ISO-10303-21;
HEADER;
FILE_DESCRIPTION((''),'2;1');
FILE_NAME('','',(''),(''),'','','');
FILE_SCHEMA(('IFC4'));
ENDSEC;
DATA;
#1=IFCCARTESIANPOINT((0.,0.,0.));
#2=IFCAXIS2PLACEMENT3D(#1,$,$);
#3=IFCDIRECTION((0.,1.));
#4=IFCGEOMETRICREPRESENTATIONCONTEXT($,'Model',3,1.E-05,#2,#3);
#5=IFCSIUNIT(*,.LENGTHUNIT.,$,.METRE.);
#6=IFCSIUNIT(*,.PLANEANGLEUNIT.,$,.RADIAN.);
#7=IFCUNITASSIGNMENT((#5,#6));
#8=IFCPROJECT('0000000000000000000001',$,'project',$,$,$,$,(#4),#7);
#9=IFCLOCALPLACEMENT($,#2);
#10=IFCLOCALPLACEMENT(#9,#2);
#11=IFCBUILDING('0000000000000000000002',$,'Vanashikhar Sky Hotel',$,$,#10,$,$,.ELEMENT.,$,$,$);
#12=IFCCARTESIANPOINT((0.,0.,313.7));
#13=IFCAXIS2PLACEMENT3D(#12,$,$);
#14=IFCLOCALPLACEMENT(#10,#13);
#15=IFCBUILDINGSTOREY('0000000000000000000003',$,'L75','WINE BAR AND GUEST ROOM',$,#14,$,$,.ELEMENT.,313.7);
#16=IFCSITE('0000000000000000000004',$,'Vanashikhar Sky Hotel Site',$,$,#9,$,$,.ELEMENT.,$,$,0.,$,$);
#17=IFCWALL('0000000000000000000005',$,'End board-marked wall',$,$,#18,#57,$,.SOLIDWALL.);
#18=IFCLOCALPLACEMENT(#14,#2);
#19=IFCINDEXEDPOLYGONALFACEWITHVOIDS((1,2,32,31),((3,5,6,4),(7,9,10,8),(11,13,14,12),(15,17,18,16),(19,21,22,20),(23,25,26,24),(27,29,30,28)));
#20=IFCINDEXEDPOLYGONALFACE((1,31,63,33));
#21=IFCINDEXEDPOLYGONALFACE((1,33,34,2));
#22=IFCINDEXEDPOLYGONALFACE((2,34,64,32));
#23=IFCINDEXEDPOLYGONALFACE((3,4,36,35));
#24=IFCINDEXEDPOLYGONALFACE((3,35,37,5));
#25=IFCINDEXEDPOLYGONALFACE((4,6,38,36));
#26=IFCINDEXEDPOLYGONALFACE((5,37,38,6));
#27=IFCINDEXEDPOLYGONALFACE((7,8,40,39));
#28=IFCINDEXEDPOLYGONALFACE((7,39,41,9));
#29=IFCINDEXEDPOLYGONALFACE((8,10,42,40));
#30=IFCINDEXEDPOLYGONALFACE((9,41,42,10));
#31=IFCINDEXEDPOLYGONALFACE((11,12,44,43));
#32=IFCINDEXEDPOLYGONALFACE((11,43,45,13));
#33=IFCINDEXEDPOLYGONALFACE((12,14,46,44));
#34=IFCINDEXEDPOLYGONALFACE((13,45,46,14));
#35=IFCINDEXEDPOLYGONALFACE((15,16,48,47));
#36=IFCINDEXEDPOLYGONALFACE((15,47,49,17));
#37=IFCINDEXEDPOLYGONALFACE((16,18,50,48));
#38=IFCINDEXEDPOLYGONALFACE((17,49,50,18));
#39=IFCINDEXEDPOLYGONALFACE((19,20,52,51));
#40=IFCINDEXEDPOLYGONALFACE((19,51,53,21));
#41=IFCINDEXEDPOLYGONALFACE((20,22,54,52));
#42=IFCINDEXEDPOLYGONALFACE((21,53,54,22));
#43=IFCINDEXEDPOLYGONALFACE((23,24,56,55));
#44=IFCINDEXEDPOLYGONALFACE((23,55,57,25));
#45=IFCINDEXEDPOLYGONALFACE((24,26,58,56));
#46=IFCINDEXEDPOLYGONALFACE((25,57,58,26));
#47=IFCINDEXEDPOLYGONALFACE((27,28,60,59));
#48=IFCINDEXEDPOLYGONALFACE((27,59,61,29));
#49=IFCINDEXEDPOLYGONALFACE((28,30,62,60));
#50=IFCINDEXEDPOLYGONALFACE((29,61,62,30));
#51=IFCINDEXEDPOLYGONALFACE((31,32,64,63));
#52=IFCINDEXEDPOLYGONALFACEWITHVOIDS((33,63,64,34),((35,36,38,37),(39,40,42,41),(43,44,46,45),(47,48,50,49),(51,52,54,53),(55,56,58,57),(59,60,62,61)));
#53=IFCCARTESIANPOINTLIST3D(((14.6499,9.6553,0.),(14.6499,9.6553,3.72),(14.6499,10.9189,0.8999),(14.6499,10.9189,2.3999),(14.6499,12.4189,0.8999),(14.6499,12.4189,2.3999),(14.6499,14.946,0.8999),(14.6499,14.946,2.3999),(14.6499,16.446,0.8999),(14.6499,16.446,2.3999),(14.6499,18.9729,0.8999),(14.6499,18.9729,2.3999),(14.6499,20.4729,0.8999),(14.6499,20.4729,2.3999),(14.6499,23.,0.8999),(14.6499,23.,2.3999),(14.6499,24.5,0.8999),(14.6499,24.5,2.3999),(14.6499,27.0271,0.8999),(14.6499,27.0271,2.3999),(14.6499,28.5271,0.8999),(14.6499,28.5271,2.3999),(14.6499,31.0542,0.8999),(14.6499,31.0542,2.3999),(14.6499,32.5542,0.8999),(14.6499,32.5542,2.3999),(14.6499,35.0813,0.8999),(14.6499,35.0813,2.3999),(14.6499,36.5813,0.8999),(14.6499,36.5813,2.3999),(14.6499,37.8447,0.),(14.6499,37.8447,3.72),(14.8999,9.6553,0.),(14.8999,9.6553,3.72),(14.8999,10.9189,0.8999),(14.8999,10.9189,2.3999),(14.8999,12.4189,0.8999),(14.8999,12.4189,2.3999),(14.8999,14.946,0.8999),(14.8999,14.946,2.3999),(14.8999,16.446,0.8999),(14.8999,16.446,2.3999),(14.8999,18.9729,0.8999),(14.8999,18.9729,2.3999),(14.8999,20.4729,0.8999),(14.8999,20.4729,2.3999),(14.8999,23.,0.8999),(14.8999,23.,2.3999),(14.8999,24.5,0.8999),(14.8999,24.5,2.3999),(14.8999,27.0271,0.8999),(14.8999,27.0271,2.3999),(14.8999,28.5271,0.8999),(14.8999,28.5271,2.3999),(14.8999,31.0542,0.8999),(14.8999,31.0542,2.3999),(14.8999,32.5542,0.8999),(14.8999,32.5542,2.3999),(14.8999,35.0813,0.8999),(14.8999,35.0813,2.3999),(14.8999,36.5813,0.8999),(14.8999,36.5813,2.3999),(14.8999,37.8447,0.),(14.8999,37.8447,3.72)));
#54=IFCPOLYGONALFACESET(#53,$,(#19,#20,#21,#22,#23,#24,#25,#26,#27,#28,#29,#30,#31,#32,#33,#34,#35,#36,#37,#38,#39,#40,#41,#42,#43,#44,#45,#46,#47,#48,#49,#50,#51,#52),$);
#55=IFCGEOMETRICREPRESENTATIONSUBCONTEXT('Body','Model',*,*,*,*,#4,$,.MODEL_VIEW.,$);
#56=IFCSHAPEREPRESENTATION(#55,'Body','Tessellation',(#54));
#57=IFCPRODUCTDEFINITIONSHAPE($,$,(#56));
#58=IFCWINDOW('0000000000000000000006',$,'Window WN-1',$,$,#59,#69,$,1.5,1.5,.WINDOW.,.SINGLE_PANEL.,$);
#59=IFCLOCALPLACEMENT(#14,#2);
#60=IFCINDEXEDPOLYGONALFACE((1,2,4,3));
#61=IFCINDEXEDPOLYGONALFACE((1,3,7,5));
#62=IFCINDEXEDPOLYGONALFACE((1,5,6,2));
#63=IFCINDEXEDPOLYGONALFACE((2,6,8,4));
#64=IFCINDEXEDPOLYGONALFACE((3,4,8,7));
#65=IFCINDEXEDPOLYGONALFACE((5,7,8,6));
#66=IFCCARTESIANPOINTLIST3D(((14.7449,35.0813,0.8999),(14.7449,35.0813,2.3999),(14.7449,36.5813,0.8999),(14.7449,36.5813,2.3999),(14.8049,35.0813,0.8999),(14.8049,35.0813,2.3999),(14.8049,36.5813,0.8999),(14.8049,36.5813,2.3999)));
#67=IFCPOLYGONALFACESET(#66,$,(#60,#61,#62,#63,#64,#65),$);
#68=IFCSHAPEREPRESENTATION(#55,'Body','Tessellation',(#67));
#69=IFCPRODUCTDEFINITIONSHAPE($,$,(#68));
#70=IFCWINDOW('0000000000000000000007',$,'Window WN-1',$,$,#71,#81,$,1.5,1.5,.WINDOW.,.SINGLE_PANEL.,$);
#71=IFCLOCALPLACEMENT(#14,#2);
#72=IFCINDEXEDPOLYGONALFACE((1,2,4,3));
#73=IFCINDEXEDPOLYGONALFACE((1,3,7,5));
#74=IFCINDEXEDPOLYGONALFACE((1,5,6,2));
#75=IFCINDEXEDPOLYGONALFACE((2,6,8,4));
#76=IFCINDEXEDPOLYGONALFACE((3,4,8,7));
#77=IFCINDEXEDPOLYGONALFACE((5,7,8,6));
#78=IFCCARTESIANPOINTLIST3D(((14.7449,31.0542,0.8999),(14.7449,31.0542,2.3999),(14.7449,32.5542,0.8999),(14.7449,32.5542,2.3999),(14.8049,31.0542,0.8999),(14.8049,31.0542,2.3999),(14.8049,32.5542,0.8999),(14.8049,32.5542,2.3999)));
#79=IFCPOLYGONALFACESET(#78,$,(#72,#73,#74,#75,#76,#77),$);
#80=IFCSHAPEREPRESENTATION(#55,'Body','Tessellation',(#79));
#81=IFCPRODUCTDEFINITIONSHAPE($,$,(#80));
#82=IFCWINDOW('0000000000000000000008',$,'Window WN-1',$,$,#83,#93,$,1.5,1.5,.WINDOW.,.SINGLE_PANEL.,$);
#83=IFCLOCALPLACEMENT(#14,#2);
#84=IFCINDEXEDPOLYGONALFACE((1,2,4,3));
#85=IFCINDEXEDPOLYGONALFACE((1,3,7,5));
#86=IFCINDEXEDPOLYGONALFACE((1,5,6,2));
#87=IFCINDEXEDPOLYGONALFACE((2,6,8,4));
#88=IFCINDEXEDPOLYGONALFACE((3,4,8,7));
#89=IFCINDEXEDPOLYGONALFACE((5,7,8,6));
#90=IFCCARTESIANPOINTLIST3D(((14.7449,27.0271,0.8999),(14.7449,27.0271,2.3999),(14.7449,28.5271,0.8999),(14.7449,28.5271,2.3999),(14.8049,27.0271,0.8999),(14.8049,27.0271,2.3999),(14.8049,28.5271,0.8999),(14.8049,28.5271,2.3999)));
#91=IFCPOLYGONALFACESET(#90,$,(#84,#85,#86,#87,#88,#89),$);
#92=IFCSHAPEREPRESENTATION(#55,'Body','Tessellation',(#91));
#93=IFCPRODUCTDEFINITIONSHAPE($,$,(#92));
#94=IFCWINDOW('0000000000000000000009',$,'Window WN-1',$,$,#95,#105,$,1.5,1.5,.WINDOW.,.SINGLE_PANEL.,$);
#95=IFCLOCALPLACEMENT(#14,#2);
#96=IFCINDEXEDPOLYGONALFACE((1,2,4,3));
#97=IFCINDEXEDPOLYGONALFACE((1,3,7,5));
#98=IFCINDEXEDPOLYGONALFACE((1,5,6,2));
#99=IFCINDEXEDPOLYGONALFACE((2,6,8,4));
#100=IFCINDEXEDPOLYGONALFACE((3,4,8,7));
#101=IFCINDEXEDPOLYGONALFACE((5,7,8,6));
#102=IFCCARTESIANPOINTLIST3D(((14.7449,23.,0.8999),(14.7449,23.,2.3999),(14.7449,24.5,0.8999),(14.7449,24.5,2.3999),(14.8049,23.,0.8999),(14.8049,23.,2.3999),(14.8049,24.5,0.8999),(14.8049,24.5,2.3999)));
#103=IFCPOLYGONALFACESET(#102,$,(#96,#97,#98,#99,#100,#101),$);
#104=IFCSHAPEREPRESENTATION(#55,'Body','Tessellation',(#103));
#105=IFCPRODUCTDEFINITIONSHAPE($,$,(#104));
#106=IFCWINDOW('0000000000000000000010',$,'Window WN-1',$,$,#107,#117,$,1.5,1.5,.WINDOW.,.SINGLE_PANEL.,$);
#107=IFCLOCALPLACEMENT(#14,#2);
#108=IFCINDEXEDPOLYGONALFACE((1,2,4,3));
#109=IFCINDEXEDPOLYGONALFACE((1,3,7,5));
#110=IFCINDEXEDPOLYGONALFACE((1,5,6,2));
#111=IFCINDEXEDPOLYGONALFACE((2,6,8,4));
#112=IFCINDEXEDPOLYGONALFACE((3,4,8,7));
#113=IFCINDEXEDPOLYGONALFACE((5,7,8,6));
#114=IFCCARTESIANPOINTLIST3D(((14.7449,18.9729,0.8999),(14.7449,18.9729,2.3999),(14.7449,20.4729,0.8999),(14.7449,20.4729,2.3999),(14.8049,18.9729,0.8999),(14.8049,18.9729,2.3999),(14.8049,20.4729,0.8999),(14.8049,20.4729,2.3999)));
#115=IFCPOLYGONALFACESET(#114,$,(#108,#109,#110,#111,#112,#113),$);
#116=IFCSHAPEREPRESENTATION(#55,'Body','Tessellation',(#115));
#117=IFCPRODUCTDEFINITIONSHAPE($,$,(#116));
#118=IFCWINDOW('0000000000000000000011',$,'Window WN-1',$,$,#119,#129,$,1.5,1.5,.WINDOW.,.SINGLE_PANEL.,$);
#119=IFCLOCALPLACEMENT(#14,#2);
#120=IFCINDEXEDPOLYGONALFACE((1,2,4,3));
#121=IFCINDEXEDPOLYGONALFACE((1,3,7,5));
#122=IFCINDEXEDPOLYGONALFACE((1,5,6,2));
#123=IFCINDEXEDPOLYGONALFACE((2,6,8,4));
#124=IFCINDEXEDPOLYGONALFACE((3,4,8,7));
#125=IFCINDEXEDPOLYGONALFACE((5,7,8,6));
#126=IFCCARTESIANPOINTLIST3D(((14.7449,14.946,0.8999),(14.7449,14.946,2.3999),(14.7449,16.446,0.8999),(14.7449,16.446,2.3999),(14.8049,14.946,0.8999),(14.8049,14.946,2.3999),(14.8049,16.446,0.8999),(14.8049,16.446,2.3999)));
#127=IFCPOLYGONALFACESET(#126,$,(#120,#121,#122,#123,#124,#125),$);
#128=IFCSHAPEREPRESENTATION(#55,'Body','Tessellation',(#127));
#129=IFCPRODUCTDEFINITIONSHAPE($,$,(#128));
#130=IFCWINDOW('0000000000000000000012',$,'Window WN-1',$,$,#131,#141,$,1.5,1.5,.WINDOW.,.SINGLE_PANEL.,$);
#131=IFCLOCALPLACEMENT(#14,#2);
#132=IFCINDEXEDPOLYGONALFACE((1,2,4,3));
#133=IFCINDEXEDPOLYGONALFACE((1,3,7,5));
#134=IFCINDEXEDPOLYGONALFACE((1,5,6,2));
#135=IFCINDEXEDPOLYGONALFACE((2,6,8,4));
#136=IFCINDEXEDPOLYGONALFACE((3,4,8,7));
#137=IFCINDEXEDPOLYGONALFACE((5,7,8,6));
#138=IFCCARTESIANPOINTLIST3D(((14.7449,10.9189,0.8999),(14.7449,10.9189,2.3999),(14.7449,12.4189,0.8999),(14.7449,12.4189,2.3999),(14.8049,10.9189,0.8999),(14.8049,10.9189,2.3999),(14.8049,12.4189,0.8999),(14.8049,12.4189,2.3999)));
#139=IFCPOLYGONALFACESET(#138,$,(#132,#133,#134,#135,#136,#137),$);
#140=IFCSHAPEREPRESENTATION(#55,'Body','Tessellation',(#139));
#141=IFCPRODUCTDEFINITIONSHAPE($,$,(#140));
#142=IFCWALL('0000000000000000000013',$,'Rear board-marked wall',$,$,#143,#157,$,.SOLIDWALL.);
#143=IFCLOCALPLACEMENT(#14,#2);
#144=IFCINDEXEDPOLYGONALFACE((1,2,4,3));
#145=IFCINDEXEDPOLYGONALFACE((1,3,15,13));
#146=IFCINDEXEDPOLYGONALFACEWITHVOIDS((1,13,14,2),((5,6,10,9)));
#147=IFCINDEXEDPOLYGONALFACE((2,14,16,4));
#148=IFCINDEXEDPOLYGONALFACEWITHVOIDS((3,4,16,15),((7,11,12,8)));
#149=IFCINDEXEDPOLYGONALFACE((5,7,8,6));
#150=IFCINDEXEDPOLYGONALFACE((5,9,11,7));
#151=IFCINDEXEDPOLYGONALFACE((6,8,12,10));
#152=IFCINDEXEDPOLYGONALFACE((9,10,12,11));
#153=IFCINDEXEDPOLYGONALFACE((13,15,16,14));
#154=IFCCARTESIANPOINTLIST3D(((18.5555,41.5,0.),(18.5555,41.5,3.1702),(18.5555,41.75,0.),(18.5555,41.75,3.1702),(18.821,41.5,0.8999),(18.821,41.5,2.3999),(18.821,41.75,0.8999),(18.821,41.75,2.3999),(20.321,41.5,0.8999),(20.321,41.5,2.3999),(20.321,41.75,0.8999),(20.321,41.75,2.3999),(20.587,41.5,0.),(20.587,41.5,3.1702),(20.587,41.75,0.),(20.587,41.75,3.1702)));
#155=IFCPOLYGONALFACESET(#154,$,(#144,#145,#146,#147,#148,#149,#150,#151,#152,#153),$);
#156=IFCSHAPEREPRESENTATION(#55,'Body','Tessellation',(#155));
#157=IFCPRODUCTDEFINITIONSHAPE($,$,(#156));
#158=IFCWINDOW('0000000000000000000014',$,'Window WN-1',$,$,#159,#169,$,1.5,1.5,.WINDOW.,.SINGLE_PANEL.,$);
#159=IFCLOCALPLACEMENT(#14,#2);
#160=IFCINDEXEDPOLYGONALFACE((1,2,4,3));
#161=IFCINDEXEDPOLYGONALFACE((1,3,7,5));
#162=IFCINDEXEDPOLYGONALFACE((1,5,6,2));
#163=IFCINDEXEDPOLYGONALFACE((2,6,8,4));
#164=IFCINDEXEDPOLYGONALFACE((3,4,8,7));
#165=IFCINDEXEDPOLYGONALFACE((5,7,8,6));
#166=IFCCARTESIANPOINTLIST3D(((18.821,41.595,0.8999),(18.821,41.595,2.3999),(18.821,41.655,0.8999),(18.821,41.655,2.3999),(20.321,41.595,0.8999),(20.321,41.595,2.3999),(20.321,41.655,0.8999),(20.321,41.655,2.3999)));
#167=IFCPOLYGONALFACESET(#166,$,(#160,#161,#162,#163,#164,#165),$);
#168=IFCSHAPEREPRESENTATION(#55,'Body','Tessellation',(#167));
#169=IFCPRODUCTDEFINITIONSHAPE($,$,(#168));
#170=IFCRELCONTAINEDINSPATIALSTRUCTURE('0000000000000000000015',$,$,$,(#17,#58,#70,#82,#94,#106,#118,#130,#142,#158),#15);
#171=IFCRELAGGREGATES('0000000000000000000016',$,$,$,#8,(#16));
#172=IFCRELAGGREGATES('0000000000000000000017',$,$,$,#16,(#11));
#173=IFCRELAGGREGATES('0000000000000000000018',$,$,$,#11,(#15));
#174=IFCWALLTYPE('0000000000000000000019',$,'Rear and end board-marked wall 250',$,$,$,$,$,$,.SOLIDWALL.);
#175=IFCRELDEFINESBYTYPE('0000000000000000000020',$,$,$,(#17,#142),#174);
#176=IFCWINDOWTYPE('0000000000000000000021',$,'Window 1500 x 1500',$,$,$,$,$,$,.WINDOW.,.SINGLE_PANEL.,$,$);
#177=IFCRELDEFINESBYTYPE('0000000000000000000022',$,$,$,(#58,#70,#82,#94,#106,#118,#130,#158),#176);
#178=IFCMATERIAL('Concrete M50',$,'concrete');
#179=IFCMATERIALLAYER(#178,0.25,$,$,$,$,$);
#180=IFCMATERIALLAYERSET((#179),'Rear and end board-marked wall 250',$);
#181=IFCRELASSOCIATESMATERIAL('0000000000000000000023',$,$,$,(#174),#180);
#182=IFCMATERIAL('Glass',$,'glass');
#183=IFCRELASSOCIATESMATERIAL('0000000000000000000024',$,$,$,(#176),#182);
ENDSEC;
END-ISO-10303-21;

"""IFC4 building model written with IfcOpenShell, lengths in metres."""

from ifc_helpers import new_model, si_unit, direction, frame, frame_2d, origin, place, context, subcontext, project, spatial, rectangle, extrude, source, transform, mapped, material, layer, layer_set, type_object, element, fill, save


model = new_model("IFC4")

# Units and contexts
model_context = context("Model", 3, precision=1e-05, world=origin(), true_north=direction((0.0, 1.0)))
body_context = subcontext(model_context, "Body", "Model", "MODEL_VIEW")
ifc_project = project(units=[si_unit("LENGTHUNIT", "METRE"), si_unit("PLANEANGLEUNIT", "RADIAN")], contexts=[model_context])

# Site, building, storey
site_placement = place(None, origin())
site = spatial("IfcSite", under=ifc_project, at=site_placement, Name="Vanashikhar Sky Hotel Site", CompositionType="ELEMENT", RefElevation=0.0)
building_placement = place(site_placement, origin())
building = spatial("IfcBuilding", under=site, at=building_placement, Name="Vanashikhar Sky Hotel", CompositionType="ELEMENT")
storey_placement = place(building_placement, frame((0.0, 0.0, 313.7)))
storey = spatial("IfcBuildingStorey", under=building, at=storey_placement, Name="L75", Description="WINE BAR AND GUEST ROOM", CompositionType="ELEMENT", Elevation=313.7)

# Shared definitions
ifc_material_1 = material(Name="Concrete M50", Category="concrete")

# Shared definitions
ifc_material_2 = material(Name="Glass", Category="glass")

# Wall, openings, windows
ifc_layer_1 = layer(ifc_material_1, 0.25)
ifc_layer_set_1 = layer_set([ifc_layer_1], Name="Rear and end board-marked wall 250")
wall_type_1 = type_object("IfcWallType", Name="Rear and end board-marked wall 250", PredefinedType="SOLIDWALL", material=ifc_layer_set_1)
shared_shape_1 = source(origin(), body_context, "Body", "SweptSolid", [
    extrude(rectangle(XDim=28.1895, YDim=0.25, at=frame_2d((14.0947, 0.0))), origin(), (0.0, 0.0, 1.0), 3.72),
])
wall_1_placement = place(storey_placement, frame((14.7749, 37.8447, 0.0), z_axis=(0.0, 0.0, 1.0), x_axis=(0.0, -1.0, 0.0)))
wall_1 = element("IfcWall", 1, at=wall_1_placement, inside=storey, type_object=wall_type_1, Name="End board-marked wall", PredefinedType="SOLIDWALL", context=body_context, shape_type="MappedRepresentation", body=[
    mapped(shared_shape_1, transform((0.0, 0.0, 0.0), scale=1.0)),
])
shared_shape_2 = source(origin(), body_context, "Body", "SweptSolid", [
    extrude(rectangle(XDim=1.5, YDim=1.5, at=frame_2d((0.75, 0.75))), frame((0.0, 0.135, 0.0), z_axis=(0.0, -1.0, 0.0), x_axis=(1.0, 0.0, 0.0)), (0.0, 0.0, 1.0), 0.27),
])
opening_1_placement = place(wall_1_placement, frame((1.2634, 0.0, 0.8999)))
opening_1 = element("IfcOpeningElement", 2, at=opening_1_placement, cuts=wall_1, PredefinedType="OPENING", context=body_context, shape_type="MappedRepresentation", body=[
    mapped(shared_shape_2, transform((0.0, 0.0, 0.0), scale=1.0)),
])
opening_2_placement = place(wall_1_placement, frame((5.2905, 0.0, 0.8999)))
opening_2 = element("IfcOpeningElement", 3, at=opening_2_placement, cuts=wall_1, PredefinedType="OPENING", context=body_context, shape_type="MappedRepresentation", body=[
    mapped(shared_shape_2, transform((0.0, 0.0, 0.0), scale=1.0)),
])
opening_3_placement = place(wall_1_placement, frame((9.3176, 0.0, 0.8999)))
opening_3 = element("IfcOpeningElement", 4, at=opening_3_placement, cuts=wall_1, PredefinedType="OPENING", context=body_context, shape_type="MappedRepresentation", body=[
    mapped(shared_shape_2, transform((0.0, 0.0, 0.0), scale=1.0)),
])
opening_4_placement = place(wall_1_placement, frame((13.3447, 0.0, 0.8999)))
opening_4 = element("IfcOpeningElement", 5, at=opening_4_placement, cuts=wall_1, PredefinedType="OPENING", context=body_context, shape_type="MappedRepresentation", body=[
    mapped(shared_shape_2, transform((0.0, 0.0, 0.0), scale=1.0)),
])
opening_5_placement = place(wall_1_placement, frame((17.3718, 0.0, 0.8999)))
opening_5 = element("IfcOpeningElement", 6, at=opening_5_placement, cuts=wall_1, PredefinedType="OPENING", context=body_context, shape_type="MappedRepresentation", body=[
    mapped(shared_shape_2, transform((0.0, 0.0, 0.0), scale=1.0)),
])
opening_6_placement = place(wall_1_placement, frame((21.3987, 0.0, 0.8999)))
opening_6 = element("IfcOpeningElement", 7, at=opening_6_placement, cuts=wall_1, PredefinedType="OPENING", context=body_context, shape_type="MappedRepresentation", body=[
    mapped(shared_shape_2, transform((0.0, 0.0, 0.0), scale=1.0)),
])
opening_7_placement = place(wall_1_placement, frame((25.4258, 0.0, 0.8999)))
opening_7 = element("IfcOpeningElement", 8, at=opening_7_placement, cuts=wall_1, PredefinedType="OPENING", context=body_context, shape_type="MappedRepresentation", body=[
    mapped(shared_shape_2, transform((0.0, 0.0, 0.0), scale=1.0)),
])
window_type_1 = type_object("IfcWindowType", Name="Window 1500 x 1500", PartitioningType="SINGLE_PANEL", PredefinedType="WINDOW", material=ifc_material_2)
shared_shape_3 = source(origin(), body_context, "Body", "SweptSolid", [
    extrude(rectangle(XDim=1.5, YDim=1.5, at=frame_2d((0.75, 0.75))), frame((0.0, 0.03, 0.0), z_axis=(0.0, -1.0, 0.0), x_axis=(1.0, 0.0, 0.0)), (0.0, 0.0, 1.0), 0.0601),
])
window_1_placement = place(opening_1_placement, origin())
window_1 = element("IfcWindow", 9, at=window_1_placement, inside=storey, type_object=window_type_1, Name="Window WN-1", OverallHeight=1.5, OverallWidth=1.5, PartitioningType="SINGLE_PANEL", PredefinedType="WINDOW", context=body_context, shape_type="MappedRepresentation", body=[
    mapped(shared_shape_3, transform((0.0, 0.0, 0.0), scale=1.0)),
])
fill(opening_1, window_1)
window_2_placement = place(opening_2_placement, origin())
window_2 = element("IfcWindow", 10, at=window_2_placement, inside=storey, type_object=window_type_1, Name="Window WN-1", OverallHeight=1.5, OverallWidth=1.5, PartitioningType="SINGLE_PANEL", PredefinedType="WINDOW", context=body_context, shape_type="MappedRepresentation", body=[
    mapped(shared_shape_3, transform((0.0, 0.0, 0.0), scale=1.0)),
])
fill(opening_2, window_2)
window_3_placement = place(opening_3_placement, origin())
window_3 = element("IfcWindow", 11, at=window_3_placement, inside=storey, type_object=window_type_1, Name="Window WN-1", OverallHeight=1.5, OverallWidth=1.5, PartitioningType="SINGLE_PANEL", PredefinedType="WINDOW", context=body_context, shape_type="MappedRepresentation", body=[
    mapped(shared_shape_3, transform((0.0, 0.0, 0.0), scale=1.0)),
])
fill(opening_3, window_3)
window_4_placement = place(opening_4_placement, origin())
window_4 = element("IfcWindow", 12, at=window_4_placement, inside=storey, type_object=window_type_1, Name="Window WN-1", OverallHeight=1.5, OverallWidth=1.5, PartitioningType="SINGLE_PANEL", PredefinedType="WINDOW", context=body_context, shape_type="MappedRepresentation", body=[
    mapped(shared_shape_3, transform((0.0, 0.0, 0.0), scale=1.0)),
])
fill(opening_4, window_4)
window_5_placement = place(opening_5_placement, origin())
window_5 = element("IfcWindow", 13, at=window_5_placement, inside=storey, type_object=window_type_1, Name="Window WN-1", OverallHeight=1.5, OverallWidth=1.5, PartitioningType="SINGLE_PANEL", PredefinedType="WINDOW", context=body_context, shape_type="MappedRepresentation", body=[
    mapped(shared_shape_3, transform((0.0, 0.0, 0.0), scale=1.0)),
])
fill(opening_5, window_5)
window_6_placement = place(opening_6_placement, origin())
window_6 = element("IfcWindow", 14, at=window_6_placement, inside=storey, type_object=window_type_1, Name="Window WN-1", OverallHeight=1.5, OverallWidth=1.5, PartitioningType="SINGLE_PANEL", PredefinedType="WINDOW", context=body_context, shape_type="MappedRepresentation", body=[
    mapped(shared_shape_3, transform((0.0, 0.0, 0.0), scale=1.0)),
])
fill(opening_6, window_6)
window_7_placement = place(opening_7_placement, origin())
window_7 = element("IfcWindow", 15, at=window_7_placement, inside=storey, type_object=window_type_1, Name="Window WN-1", OverallHeight=1.5, OverallWidth=1.5, PartitioningType="SINGLE_PANEL", PredefinedType="WINDOW", context=body_context, shape_type="MappedRepresentation", body=[
    mapped(shared_shape_3, transform((0.0, 0.0, 0.0), scale=1.0)),
])
fill(opening_7, window_7)

# Wall, opening, window
shared_shape_4 = source(origin(), body_context, "Body", "SweptSolid", [
    extrude(rectangle(XDim=2.0315, YDim=0.25, at=frame_2d((1.0156, 0.0))), origin(), (0.0, 0.0, 1.0), 3.1702),
])
wall_2_placement = place(storey_placement, frame((20.5869, 41.625, 0.0), z_axis=(0.0, 0.0, 1.0), x_axis=(-1.0, 0.0, 0.0)))
wall_2 = element("IfcWall", 16, at=wall_2_placement, inside=storey, type_object=wall_type_1, Name="Rear board-marked wall", PredefinedType="SOLIDWALL", context=body_context, shape_type="MappedRepresentation", body=[
    mapped(shared_shape_4, transform((0.0, 0.0, 0.0), scale=1.0)),
])
opening_8_placement = place(wall_2_placement, frame((0.2659, 0.0, 0.8999)))
opening_8 = element("IfcOpeningElement", 17, at=opening_8_placement, cuts=wall_2, PredefinedType="OPENING", context=body_context, shape_type="MappedRepresentation", body=[
    mapped(shared_shape_2, transform((0.0, 0.0, 0.0), scale=1.0)),
])
window_8_placement = place(opening_8_placement, origin())
window_8 = element("IfcWindow", 18, at=window_8_placement, inside=storey, type_object=window_type_1, Name="Window WN-1", OverallHeight=1.5, OverallWidth=1.5, PartitioningType="SINGLE_PANEL", PredefinedType="WINDOW", context=body_context, shape_type="MappedRepresentation", body=[
    mapped(shared_shape_3, transform((0.0, 0.0, 0.0), scale=1.0)),
])
fill(opening_8, window_8)

save(model, "model.ifc")
